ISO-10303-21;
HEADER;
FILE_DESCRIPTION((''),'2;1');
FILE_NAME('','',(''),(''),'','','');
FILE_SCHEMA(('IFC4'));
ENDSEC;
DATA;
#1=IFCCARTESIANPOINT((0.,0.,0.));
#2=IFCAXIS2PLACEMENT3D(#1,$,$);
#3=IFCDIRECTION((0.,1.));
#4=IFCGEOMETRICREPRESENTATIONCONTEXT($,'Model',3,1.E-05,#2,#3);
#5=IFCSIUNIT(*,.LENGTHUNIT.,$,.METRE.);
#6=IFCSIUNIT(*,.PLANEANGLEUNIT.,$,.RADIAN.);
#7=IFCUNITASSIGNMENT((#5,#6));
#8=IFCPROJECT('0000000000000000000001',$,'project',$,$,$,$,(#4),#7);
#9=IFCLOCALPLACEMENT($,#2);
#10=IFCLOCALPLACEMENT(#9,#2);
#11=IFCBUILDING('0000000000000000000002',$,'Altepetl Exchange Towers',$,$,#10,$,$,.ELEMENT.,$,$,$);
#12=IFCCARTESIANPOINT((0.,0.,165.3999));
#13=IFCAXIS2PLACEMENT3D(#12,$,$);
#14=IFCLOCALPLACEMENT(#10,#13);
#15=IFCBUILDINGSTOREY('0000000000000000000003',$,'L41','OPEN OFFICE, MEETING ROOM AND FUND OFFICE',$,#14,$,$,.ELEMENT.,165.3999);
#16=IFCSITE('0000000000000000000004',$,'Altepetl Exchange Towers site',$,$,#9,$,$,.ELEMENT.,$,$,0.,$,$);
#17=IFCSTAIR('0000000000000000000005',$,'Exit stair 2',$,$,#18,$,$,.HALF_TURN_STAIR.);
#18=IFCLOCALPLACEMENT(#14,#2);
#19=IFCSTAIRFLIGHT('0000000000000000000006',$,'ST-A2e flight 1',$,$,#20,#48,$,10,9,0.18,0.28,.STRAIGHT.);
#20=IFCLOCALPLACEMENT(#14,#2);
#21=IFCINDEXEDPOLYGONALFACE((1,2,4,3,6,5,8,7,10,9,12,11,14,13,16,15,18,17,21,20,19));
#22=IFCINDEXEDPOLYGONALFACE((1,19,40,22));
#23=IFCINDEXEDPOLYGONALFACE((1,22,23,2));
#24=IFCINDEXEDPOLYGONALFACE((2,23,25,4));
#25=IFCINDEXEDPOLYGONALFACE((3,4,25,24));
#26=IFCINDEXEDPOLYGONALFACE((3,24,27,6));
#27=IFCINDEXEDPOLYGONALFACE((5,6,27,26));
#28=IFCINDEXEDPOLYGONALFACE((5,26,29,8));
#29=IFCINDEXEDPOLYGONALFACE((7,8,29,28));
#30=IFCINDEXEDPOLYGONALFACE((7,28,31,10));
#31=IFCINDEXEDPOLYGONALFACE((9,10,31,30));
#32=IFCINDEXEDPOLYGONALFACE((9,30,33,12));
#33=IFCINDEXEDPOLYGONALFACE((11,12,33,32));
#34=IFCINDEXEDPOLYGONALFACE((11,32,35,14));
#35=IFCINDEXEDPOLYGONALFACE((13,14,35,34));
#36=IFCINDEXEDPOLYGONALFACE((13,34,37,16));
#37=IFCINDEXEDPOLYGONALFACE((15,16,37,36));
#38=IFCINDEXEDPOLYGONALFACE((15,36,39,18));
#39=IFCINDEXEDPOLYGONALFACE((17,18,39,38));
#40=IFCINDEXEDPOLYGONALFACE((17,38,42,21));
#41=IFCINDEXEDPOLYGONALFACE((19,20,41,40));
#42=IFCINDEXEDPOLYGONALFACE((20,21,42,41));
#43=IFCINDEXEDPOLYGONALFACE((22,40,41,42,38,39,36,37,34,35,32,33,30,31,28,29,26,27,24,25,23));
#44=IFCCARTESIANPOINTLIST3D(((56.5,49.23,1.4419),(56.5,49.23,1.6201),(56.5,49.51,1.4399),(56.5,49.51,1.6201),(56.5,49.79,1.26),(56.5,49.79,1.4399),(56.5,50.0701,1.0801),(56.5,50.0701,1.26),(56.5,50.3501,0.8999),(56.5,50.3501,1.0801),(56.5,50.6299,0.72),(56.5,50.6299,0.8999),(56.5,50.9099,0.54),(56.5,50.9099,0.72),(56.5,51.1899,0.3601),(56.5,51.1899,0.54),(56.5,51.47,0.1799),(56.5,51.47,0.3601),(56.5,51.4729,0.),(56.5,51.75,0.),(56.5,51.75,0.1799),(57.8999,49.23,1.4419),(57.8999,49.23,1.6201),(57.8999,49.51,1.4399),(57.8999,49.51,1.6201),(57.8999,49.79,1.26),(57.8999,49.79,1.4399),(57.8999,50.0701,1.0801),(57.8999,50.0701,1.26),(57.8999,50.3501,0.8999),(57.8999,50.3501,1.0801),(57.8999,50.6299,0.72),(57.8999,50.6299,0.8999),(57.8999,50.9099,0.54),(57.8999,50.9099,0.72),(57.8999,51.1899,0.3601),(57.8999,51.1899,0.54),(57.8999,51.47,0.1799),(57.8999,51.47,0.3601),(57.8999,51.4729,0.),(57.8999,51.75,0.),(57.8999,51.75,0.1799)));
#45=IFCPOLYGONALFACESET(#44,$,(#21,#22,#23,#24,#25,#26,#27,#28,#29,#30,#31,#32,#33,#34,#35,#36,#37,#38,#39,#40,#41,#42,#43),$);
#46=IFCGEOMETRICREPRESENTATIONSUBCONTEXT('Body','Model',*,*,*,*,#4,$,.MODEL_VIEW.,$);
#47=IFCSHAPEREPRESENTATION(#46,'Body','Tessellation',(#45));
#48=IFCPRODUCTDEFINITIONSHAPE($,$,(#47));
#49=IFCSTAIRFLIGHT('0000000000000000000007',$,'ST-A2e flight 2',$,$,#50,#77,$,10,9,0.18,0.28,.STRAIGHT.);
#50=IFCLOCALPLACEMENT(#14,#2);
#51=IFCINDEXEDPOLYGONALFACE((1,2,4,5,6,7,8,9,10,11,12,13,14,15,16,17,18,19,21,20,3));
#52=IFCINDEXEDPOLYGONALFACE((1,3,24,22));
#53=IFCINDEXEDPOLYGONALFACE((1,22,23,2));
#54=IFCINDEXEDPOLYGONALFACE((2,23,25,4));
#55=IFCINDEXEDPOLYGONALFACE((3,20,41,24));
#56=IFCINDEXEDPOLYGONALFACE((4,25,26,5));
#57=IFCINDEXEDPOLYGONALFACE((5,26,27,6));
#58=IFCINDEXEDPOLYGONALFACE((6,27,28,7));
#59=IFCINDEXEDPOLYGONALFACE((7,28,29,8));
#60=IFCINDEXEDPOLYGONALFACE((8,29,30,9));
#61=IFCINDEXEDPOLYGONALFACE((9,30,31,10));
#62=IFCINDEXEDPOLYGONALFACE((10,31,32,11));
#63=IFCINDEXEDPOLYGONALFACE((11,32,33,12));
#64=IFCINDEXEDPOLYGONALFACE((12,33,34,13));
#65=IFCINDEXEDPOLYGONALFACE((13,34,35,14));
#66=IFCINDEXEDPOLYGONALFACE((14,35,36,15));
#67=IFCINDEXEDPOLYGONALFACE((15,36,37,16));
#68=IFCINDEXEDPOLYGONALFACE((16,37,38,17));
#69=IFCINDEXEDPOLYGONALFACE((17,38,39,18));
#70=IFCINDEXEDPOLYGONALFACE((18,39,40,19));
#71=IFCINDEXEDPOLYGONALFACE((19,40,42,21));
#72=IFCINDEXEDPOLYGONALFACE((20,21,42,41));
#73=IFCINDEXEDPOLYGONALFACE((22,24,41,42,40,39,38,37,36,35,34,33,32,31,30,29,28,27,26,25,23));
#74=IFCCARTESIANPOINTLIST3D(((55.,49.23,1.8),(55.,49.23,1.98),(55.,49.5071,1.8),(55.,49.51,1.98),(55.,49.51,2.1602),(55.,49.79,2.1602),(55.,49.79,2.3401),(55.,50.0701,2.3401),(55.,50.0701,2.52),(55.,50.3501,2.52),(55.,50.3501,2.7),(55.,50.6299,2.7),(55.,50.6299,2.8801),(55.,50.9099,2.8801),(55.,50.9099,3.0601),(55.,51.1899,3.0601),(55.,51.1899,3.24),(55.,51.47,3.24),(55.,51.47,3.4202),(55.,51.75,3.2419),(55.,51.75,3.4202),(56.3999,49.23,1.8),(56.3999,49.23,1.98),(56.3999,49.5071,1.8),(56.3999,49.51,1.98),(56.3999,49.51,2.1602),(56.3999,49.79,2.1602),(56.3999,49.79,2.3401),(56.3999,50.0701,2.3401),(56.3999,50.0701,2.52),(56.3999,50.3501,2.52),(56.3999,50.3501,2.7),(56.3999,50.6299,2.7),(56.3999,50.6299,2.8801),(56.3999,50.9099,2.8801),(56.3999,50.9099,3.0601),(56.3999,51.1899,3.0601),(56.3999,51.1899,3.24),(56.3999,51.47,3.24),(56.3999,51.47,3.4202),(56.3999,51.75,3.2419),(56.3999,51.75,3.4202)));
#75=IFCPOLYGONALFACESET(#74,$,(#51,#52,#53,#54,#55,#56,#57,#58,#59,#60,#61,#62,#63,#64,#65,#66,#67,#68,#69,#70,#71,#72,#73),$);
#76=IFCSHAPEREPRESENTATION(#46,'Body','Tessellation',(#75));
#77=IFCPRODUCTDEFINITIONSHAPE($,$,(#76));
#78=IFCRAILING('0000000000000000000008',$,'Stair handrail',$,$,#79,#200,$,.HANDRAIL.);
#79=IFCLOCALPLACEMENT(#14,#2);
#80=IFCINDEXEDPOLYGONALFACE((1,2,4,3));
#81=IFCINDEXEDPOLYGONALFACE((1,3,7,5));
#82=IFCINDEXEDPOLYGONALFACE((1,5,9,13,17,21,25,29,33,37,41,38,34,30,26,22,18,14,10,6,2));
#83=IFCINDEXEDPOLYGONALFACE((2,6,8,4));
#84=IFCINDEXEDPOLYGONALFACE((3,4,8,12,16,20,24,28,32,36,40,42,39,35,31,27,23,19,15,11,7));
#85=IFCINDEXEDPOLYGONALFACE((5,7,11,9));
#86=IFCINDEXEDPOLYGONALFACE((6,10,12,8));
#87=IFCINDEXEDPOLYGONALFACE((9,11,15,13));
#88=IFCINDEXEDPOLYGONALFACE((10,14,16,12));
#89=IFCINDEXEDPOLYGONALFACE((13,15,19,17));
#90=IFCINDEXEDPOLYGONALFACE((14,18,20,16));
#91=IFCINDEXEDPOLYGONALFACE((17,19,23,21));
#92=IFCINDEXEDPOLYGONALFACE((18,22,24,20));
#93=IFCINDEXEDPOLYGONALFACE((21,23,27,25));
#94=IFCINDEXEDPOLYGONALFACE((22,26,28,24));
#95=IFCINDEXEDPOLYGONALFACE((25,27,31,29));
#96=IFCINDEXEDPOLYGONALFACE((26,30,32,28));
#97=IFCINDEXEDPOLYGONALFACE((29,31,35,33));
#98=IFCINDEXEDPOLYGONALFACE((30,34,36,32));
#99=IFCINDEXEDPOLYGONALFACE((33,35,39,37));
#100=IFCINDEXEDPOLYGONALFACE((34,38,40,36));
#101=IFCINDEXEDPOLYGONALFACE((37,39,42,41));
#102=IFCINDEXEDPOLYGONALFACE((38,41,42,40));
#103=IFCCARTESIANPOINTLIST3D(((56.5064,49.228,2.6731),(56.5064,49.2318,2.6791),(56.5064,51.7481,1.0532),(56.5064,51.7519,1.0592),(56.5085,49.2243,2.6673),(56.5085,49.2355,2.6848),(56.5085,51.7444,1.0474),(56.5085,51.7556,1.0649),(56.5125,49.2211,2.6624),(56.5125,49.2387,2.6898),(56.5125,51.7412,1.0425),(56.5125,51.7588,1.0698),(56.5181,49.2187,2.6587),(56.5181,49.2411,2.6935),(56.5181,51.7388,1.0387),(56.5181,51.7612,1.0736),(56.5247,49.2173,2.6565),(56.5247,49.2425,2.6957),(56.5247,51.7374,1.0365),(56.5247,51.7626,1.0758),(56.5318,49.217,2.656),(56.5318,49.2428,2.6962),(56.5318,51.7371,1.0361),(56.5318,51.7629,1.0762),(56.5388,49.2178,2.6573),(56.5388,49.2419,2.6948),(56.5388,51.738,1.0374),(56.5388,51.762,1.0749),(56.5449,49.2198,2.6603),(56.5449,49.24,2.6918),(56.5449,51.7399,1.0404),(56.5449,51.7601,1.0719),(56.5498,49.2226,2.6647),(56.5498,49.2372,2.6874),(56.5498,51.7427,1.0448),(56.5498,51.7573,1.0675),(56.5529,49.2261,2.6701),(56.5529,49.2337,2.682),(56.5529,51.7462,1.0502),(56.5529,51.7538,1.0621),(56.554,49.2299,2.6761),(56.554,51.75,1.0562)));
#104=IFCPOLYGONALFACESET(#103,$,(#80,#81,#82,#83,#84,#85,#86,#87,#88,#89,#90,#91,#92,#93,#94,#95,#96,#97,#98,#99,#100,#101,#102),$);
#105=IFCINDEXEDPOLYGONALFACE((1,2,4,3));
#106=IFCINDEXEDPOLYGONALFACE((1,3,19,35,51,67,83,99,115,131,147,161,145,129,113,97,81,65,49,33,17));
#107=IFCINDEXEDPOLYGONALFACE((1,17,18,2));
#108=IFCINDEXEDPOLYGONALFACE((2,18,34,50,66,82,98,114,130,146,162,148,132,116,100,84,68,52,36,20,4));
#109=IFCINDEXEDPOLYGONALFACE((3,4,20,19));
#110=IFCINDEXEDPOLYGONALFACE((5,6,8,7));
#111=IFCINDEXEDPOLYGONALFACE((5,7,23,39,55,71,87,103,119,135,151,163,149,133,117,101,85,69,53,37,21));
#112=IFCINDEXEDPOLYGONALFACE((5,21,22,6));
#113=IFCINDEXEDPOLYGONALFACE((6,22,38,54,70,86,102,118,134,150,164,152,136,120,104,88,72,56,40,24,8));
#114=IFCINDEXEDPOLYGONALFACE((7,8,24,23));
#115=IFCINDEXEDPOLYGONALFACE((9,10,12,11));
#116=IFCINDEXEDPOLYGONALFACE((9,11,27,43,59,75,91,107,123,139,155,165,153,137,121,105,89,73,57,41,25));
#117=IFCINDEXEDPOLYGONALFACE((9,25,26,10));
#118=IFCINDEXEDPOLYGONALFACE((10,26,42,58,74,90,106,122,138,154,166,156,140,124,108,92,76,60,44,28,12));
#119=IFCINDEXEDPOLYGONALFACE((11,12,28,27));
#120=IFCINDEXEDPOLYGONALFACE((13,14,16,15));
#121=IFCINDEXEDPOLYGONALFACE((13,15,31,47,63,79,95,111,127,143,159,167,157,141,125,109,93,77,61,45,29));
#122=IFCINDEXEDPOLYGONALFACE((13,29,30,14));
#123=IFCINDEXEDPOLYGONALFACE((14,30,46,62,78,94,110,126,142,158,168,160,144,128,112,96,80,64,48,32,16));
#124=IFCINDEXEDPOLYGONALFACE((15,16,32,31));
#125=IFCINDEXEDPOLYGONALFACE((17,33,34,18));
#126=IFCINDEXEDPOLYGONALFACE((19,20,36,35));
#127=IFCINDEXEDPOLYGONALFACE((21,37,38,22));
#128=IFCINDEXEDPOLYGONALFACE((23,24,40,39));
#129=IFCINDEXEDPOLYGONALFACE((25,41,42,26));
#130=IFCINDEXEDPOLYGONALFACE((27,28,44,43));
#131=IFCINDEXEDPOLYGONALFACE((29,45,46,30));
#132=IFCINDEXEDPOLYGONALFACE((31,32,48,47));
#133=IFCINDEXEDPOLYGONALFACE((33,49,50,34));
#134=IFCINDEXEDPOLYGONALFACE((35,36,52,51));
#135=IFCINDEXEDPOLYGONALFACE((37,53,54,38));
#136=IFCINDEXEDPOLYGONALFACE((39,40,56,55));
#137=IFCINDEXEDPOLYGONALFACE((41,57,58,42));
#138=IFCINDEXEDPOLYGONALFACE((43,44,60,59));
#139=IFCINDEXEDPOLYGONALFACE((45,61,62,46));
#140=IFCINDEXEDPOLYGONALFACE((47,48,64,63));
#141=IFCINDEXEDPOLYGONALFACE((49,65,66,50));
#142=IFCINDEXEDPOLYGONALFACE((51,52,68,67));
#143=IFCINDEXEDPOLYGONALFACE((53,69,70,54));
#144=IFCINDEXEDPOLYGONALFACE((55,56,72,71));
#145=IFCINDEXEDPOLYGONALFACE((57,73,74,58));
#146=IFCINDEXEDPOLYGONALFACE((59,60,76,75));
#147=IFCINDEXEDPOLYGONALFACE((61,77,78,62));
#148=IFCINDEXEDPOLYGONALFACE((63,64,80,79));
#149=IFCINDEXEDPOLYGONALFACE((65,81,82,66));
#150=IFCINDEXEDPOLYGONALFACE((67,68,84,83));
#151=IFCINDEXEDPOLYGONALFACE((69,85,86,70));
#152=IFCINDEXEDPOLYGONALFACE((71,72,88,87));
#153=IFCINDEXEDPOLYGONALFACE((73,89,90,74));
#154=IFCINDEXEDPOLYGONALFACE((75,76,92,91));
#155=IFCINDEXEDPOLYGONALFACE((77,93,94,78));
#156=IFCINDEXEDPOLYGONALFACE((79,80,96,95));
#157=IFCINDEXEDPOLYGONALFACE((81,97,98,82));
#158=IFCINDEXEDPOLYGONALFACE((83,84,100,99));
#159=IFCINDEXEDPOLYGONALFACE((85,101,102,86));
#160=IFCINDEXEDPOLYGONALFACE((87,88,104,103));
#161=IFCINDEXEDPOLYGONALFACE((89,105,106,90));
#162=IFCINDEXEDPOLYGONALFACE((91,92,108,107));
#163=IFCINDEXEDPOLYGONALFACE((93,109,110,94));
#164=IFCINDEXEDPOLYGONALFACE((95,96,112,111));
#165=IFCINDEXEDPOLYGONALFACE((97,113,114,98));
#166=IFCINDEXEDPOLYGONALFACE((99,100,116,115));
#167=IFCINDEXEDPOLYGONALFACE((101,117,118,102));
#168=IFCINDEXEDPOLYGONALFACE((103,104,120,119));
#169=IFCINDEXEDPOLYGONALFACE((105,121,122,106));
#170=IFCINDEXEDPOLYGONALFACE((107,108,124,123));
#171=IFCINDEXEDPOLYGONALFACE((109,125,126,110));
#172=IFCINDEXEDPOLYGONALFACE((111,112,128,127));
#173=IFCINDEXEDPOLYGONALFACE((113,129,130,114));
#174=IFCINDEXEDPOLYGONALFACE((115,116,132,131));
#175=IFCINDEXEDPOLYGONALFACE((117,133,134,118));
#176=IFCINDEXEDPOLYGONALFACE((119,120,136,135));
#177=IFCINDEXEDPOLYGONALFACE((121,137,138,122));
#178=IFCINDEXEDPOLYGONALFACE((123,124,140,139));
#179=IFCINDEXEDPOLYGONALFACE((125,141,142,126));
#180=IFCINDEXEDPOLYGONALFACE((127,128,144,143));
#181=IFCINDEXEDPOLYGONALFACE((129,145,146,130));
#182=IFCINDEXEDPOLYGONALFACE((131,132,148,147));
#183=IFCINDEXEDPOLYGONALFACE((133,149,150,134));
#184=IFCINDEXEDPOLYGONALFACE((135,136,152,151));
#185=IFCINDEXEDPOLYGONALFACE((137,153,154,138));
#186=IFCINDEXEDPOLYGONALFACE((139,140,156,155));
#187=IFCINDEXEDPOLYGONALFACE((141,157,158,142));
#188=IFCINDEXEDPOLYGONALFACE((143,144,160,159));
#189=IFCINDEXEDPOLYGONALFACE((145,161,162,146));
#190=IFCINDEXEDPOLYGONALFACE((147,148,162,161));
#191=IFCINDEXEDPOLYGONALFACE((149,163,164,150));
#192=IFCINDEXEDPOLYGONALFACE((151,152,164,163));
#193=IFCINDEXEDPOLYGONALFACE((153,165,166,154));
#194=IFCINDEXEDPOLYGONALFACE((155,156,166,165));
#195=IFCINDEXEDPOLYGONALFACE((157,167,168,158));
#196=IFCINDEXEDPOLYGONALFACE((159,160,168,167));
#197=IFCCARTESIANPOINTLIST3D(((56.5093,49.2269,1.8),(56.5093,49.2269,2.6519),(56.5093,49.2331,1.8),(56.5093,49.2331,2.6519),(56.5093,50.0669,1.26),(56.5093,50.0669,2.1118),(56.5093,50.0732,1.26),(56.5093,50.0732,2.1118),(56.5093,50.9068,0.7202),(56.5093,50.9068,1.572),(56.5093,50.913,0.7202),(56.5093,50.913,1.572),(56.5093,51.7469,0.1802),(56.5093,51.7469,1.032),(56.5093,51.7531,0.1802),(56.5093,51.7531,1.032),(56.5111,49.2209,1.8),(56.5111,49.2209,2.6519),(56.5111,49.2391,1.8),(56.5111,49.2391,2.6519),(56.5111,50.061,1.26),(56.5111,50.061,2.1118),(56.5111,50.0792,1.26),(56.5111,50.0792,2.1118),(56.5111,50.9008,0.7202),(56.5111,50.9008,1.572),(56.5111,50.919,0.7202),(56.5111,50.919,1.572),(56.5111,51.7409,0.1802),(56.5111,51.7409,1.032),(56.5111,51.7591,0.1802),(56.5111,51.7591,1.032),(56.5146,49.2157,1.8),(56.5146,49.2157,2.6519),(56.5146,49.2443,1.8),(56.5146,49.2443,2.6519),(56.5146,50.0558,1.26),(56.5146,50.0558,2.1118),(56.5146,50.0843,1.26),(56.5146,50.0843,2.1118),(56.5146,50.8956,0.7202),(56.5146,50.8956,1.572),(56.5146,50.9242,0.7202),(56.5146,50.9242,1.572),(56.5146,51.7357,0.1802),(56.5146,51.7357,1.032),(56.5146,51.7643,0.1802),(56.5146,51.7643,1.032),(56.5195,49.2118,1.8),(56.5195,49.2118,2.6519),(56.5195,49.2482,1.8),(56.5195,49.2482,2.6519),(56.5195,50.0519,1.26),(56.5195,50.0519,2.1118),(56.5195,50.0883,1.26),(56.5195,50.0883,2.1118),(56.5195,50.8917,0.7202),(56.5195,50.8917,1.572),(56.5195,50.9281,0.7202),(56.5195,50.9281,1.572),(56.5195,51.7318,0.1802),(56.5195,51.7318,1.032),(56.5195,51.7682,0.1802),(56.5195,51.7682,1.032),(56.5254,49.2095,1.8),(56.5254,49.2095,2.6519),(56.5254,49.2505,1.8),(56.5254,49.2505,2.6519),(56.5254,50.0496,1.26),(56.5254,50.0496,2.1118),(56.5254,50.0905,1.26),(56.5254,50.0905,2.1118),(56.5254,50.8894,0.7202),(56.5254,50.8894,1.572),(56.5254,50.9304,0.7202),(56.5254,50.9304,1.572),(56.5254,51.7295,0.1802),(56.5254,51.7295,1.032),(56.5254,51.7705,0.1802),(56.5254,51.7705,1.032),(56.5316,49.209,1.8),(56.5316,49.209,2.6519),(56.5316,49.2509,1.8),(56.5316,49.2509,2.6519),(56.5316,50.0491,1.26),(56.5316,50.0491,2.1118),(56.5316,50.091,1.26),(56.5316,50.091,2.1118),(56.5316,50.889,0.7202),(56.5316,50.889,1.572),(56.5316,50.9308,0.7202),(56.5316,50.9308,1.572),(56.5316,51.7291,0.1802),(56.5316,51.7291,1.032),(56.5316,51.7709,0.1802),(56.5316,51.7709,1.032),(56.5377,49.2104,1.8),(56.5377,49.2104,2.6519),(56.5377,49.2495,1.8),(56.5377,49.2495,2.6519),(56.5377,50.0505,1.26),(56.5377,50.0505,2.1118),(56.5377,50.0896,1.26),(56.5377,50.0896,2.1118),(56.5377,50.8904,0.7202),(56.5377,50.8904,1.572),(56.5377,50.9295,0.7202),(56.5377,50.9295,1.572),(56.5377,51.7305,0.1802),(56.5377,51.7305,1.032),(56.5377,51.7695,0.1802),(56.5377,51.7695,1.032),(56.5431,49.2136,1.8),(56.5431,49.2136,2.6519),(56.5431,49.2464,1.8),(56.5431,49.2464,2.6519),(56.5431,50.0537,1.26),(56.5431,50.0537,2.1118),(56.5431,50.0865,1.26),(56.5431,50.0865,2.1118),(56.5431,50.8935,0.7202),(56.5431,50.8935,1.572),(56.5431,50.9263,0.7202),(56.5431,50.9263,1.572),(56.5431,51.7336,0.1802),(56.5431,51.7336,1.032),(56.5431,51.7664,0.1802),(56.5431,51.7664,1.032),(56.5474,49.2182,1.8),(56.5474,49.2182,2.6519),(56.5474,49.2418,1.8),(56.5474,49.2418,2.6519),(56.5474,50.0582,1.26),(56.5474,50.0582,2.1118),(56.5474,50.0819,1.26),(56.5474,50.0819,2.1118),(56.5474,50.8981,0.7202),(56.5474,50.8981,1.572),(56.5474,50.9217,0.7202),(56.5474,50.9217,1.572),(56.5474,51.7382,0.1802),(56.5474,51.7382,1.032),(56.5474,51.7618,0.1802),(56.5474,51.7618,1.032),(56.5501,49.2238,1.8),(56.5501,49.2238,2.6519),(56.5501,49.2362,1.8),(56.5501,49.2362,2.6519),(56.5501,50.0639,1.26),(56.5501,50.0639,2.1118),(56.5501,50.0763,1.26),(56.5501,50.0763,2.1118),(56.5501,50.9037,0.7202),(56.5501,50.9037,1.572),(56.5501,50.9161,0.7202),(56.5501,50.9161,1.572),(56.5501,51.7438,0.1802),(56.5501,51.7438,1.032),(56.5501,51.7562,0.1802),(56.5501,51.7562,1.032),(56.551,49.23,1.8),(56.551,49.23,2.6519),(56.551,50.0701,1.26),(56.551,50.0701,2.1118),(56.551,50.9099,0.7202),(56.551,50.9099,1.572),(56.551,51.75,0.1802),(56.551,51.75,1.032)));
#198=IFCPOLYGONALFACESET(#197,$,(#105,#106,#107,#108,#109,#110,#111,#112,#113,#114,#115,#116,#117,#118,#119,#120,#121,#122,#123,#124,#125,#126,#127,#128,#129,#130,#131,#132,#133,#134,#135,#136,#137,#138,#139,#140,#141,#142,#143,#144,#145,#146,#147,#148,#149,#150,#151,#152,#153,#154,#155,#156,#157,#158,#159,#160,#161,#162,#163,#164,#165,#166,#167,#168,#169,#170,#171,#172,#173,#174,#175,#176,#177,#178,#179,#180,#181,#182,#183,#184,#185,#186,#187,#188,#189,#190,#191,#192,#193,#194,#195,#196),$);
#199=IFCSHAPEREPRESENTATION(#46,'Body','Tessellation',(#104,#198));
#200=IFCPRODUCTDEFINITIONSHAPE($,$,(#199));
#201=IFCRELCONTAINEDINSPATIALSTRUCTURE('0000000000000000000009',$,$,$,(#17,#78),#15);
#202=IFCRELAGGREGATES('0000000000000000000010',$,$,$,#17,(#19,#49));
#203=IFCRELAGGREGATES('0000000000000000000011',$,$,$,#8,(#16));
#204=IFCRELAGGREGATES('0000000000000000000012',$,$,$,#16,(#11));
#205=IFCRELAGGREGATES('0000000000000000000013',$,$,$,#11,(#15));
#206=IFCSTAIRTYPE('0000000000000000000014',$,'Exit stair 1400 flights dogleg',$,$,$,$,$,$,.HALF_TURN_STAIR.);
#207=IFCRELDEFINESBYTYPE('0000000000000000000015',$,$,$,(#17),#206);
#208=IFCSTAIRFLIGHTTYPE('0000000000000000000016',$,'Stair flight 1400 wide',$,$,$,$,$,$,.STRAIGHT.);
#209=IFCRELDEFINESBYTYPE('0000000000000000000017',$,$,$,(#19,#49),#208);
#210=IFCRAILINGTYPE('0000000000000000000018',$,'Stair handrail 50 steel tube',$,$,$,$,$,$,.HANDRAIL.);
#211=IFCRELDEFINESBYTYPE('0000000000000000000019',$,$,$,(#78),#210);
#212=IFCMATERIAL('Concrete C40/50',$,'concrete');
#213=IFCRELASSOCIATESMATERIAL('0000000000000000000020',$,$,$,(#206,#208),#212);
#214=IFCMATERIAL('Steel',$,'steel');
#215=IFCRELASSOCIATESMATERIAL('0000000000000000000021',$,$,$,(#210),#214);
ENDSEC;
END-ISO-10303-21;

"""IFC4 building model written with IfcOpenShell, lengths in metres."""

from ifc_helpers import new_model, si_unit, direction, frame, origin, origin_2d, place, context, subcontext, project, spatial, polyline, circle, outline, extrude, source, transform, mapped, material, type_object, element, aggregate, save


model = new_model("IFC4")

# Units and contexts
model_context = context("Model", 3, precision=1e-05, world=origin(), true_north=direction((0.0, 1.0)))
body_context = subcontext(model_context, "Body", "Model", "MODEL_VIEW")
ifc_project = project(units=[si_unit("LENGTHUNIT", "METRE"), si_unit("PLANEANGLEUNIT", "RADIAN")], contexts=[model_context])

# Site, building, storey
site_placement = place(None, origin())
site = spatial("IfcSite", under=ifc_project, at=site_placement, Name="Altepetl Exchange Towers site", CompositionType="ELEMENT", RefElevation=0.0)
building_placement = place(site_placement, origin())
building = spatial("IfcBuilding", under=site, at=building_placement, Name="Altepetl Exchange Towers", CompositionType="ELEMENT")
storey_placement = place(building_placement, frame((0.0, 0.0, 165.3999)))
storey = spatial("IfcBuildingStorey", under=building, at=storey_placement, Name="L41", Description="OPEN OFFICE, MEETING ROOM AND FUND OFFICE", CompositionType="ELEMENT", Elevation=165.3999)

# Shared definitions
ifc_material_1 = material(Name="Concrete C40/50", Category="concrete")

# Stair, stair flights
stair_type = type_object("IfcStairType", Name="Exit stair 1400 flights dogleg", PredefinedType="HALF_TURN_STAIR", material=ifc_material_1)
stair_placement = place(storey_placement, origin())
stair = element("IfcStair", 1, at=stair_placement, inside=storey, type_object=stair_type, Name="Exit stair 2", PredefinedType="HALF_TURN_STAIR")
stair_flight_type = type_object("IfcStairFlightType", Name="Stair flight 1400 wide", PredefinedType="STRAIGHT", material=ifc_material_1)
stair_flight_1_placement = place(storey_placement, frame((57.2, 51.75, 0.0), z_axis=(0.0, 0.0, 1.0), x_axis=(0.0, -1.0, 0.0)))
stair_flight_1 = element("IfcStairFlight", 2, at=stair_flight_1_placement, type_object=stair_flight_type, Name="ST-A2e flight 1", NumberOfRisers=10, NumberOfTreads=9, PredefinedType="STRAIGHT", RiserHeight=0.18, TreadLength=0.28, context=body_context, shape_type="SweptSolid", body=[
    extrude(outline(polyline([(0.0, 0.0), (0.0, 0.1799), (0.28, 0.1799), (0.28, 0.3601), (0.5601, 0.3601), (0.5601, 0.54), (0.8401, 0.54), (0.8401, 0.72), (1.1201, 0.72), (1.1201, 0.8999), (1.3999, 0.8999), (1.3999, 1.0801), (1.6799, 1.0801), (1.6799, 1.26), (1.96, 1.26), (1.96, 1.4399), (2.24, 1.4399), (2.24, 1.6201), (2.52, 1.6201), (2.52, 1.8), (2.52, 1.4419), (0.2771, 0.0), (0.0, 0.0)])), frame((0.0, 0.7, 0.0), z_axis=(0.0, -1.0, 0.0), x_axis=(1.0, 0.0, 0.0)), (0.0, 0.0, 1.0), 1.3999),
])
stair_flight_2_placement = place(storey_placement, frame((55.7, 49.23, 1.8), z_axis=(0.0, 0.0, 1.0), x_axis=(0.0, 1.0, 0.0)))
stair_flight_2 = element("IfcStairFlight", 3, at=stair_flight_2_placement, type_object=stair_flight_type, Name="ST-A2e flight 2", NumberOfRisers=10, NumberOfTreads=9, PredefinedType="STRAIGHT", RiserHeight=0.18, TreadLength=0.28, context=body_context, shape_type="SweptSolid", body=[
    extrude(outline(polyline([(0.0, 0.0), (0.0, 0.1799), (0.28, 0.1799), (0.28, 0.3601), (0.5601, 0.3601), (0.5601, 0.54), (0.8401, 0.54), (0.8401, 0.72), (1.1201, 0.72), (1.1201, 0.8999), (1.3999, 0.8999), (1.3999, 1.0801), (1.6799, 1.0801), (1.6799, 1.26), (1.96, 1.26), (1.96, 1.4399), (2.24, 1.4399), (2.24, 1.6201), (2.52, 1.6201), (2.52, 1.8), (2.52, 1.4419), (0.2771, 0.0), (0.0, 0.0)])), frame((0.0, 0.7, 0.0), z_axis=(0.0, -1.0, 0.0), x_axis=(1.0, 0.0, 0.0)), (0.0, 0.0, 1.0), 1.3999),
])
aggregate(stair, [stair_flight_1, stair_flight_2])

# Railing
ifc_material_2 = material(Name="Steel", Category="steel")
railing_type = type_object("IfcRailingType", Name="Stair handrail 50 steel tube", PredefinedType="HANDRAIL", material=ifc_material_2)
shared_shape = source(origin(), body_context, "Body", "SweptSolid", [
    extrude(circle(Radius=0.021, at=origin_2d()), origin(), (0.0, 0.0, 1.0), 0.8518),
])
railing_1_placement = place(storey_placement, frame((56.53, 51.75, 0.1802)))
element("IfcRailing", 4, at=railing_1_placement, inside=storey, type_object=railing_type, Name="Stair handrail", PredefinedType="HANDRAIL", context=body_context, shape_type="SweptSolid", body=[
    extrude(circle(Radius=0.0239, at=origin_2d()), frame((0.0, 0.0, 0.876), z_axis=(0.0, -0.8412, 0.540725), x_axis=(1.0, 0.0, 0.0)), (0.0, 0.0, 1.0), 2.9958),
    mapped(shared_shape, transform((0.0, 0.0, 0.0))),
    mapped(shared_shape, transform((0.0, -0.8401, 0.54))),
    mapped(shared_shape, transform((0.0, -1.6799, 1.0798))),
    mapped(shared_shape, transform((0.0, -2.52, 1.6199))),
])

save(model, "model.ifc")
